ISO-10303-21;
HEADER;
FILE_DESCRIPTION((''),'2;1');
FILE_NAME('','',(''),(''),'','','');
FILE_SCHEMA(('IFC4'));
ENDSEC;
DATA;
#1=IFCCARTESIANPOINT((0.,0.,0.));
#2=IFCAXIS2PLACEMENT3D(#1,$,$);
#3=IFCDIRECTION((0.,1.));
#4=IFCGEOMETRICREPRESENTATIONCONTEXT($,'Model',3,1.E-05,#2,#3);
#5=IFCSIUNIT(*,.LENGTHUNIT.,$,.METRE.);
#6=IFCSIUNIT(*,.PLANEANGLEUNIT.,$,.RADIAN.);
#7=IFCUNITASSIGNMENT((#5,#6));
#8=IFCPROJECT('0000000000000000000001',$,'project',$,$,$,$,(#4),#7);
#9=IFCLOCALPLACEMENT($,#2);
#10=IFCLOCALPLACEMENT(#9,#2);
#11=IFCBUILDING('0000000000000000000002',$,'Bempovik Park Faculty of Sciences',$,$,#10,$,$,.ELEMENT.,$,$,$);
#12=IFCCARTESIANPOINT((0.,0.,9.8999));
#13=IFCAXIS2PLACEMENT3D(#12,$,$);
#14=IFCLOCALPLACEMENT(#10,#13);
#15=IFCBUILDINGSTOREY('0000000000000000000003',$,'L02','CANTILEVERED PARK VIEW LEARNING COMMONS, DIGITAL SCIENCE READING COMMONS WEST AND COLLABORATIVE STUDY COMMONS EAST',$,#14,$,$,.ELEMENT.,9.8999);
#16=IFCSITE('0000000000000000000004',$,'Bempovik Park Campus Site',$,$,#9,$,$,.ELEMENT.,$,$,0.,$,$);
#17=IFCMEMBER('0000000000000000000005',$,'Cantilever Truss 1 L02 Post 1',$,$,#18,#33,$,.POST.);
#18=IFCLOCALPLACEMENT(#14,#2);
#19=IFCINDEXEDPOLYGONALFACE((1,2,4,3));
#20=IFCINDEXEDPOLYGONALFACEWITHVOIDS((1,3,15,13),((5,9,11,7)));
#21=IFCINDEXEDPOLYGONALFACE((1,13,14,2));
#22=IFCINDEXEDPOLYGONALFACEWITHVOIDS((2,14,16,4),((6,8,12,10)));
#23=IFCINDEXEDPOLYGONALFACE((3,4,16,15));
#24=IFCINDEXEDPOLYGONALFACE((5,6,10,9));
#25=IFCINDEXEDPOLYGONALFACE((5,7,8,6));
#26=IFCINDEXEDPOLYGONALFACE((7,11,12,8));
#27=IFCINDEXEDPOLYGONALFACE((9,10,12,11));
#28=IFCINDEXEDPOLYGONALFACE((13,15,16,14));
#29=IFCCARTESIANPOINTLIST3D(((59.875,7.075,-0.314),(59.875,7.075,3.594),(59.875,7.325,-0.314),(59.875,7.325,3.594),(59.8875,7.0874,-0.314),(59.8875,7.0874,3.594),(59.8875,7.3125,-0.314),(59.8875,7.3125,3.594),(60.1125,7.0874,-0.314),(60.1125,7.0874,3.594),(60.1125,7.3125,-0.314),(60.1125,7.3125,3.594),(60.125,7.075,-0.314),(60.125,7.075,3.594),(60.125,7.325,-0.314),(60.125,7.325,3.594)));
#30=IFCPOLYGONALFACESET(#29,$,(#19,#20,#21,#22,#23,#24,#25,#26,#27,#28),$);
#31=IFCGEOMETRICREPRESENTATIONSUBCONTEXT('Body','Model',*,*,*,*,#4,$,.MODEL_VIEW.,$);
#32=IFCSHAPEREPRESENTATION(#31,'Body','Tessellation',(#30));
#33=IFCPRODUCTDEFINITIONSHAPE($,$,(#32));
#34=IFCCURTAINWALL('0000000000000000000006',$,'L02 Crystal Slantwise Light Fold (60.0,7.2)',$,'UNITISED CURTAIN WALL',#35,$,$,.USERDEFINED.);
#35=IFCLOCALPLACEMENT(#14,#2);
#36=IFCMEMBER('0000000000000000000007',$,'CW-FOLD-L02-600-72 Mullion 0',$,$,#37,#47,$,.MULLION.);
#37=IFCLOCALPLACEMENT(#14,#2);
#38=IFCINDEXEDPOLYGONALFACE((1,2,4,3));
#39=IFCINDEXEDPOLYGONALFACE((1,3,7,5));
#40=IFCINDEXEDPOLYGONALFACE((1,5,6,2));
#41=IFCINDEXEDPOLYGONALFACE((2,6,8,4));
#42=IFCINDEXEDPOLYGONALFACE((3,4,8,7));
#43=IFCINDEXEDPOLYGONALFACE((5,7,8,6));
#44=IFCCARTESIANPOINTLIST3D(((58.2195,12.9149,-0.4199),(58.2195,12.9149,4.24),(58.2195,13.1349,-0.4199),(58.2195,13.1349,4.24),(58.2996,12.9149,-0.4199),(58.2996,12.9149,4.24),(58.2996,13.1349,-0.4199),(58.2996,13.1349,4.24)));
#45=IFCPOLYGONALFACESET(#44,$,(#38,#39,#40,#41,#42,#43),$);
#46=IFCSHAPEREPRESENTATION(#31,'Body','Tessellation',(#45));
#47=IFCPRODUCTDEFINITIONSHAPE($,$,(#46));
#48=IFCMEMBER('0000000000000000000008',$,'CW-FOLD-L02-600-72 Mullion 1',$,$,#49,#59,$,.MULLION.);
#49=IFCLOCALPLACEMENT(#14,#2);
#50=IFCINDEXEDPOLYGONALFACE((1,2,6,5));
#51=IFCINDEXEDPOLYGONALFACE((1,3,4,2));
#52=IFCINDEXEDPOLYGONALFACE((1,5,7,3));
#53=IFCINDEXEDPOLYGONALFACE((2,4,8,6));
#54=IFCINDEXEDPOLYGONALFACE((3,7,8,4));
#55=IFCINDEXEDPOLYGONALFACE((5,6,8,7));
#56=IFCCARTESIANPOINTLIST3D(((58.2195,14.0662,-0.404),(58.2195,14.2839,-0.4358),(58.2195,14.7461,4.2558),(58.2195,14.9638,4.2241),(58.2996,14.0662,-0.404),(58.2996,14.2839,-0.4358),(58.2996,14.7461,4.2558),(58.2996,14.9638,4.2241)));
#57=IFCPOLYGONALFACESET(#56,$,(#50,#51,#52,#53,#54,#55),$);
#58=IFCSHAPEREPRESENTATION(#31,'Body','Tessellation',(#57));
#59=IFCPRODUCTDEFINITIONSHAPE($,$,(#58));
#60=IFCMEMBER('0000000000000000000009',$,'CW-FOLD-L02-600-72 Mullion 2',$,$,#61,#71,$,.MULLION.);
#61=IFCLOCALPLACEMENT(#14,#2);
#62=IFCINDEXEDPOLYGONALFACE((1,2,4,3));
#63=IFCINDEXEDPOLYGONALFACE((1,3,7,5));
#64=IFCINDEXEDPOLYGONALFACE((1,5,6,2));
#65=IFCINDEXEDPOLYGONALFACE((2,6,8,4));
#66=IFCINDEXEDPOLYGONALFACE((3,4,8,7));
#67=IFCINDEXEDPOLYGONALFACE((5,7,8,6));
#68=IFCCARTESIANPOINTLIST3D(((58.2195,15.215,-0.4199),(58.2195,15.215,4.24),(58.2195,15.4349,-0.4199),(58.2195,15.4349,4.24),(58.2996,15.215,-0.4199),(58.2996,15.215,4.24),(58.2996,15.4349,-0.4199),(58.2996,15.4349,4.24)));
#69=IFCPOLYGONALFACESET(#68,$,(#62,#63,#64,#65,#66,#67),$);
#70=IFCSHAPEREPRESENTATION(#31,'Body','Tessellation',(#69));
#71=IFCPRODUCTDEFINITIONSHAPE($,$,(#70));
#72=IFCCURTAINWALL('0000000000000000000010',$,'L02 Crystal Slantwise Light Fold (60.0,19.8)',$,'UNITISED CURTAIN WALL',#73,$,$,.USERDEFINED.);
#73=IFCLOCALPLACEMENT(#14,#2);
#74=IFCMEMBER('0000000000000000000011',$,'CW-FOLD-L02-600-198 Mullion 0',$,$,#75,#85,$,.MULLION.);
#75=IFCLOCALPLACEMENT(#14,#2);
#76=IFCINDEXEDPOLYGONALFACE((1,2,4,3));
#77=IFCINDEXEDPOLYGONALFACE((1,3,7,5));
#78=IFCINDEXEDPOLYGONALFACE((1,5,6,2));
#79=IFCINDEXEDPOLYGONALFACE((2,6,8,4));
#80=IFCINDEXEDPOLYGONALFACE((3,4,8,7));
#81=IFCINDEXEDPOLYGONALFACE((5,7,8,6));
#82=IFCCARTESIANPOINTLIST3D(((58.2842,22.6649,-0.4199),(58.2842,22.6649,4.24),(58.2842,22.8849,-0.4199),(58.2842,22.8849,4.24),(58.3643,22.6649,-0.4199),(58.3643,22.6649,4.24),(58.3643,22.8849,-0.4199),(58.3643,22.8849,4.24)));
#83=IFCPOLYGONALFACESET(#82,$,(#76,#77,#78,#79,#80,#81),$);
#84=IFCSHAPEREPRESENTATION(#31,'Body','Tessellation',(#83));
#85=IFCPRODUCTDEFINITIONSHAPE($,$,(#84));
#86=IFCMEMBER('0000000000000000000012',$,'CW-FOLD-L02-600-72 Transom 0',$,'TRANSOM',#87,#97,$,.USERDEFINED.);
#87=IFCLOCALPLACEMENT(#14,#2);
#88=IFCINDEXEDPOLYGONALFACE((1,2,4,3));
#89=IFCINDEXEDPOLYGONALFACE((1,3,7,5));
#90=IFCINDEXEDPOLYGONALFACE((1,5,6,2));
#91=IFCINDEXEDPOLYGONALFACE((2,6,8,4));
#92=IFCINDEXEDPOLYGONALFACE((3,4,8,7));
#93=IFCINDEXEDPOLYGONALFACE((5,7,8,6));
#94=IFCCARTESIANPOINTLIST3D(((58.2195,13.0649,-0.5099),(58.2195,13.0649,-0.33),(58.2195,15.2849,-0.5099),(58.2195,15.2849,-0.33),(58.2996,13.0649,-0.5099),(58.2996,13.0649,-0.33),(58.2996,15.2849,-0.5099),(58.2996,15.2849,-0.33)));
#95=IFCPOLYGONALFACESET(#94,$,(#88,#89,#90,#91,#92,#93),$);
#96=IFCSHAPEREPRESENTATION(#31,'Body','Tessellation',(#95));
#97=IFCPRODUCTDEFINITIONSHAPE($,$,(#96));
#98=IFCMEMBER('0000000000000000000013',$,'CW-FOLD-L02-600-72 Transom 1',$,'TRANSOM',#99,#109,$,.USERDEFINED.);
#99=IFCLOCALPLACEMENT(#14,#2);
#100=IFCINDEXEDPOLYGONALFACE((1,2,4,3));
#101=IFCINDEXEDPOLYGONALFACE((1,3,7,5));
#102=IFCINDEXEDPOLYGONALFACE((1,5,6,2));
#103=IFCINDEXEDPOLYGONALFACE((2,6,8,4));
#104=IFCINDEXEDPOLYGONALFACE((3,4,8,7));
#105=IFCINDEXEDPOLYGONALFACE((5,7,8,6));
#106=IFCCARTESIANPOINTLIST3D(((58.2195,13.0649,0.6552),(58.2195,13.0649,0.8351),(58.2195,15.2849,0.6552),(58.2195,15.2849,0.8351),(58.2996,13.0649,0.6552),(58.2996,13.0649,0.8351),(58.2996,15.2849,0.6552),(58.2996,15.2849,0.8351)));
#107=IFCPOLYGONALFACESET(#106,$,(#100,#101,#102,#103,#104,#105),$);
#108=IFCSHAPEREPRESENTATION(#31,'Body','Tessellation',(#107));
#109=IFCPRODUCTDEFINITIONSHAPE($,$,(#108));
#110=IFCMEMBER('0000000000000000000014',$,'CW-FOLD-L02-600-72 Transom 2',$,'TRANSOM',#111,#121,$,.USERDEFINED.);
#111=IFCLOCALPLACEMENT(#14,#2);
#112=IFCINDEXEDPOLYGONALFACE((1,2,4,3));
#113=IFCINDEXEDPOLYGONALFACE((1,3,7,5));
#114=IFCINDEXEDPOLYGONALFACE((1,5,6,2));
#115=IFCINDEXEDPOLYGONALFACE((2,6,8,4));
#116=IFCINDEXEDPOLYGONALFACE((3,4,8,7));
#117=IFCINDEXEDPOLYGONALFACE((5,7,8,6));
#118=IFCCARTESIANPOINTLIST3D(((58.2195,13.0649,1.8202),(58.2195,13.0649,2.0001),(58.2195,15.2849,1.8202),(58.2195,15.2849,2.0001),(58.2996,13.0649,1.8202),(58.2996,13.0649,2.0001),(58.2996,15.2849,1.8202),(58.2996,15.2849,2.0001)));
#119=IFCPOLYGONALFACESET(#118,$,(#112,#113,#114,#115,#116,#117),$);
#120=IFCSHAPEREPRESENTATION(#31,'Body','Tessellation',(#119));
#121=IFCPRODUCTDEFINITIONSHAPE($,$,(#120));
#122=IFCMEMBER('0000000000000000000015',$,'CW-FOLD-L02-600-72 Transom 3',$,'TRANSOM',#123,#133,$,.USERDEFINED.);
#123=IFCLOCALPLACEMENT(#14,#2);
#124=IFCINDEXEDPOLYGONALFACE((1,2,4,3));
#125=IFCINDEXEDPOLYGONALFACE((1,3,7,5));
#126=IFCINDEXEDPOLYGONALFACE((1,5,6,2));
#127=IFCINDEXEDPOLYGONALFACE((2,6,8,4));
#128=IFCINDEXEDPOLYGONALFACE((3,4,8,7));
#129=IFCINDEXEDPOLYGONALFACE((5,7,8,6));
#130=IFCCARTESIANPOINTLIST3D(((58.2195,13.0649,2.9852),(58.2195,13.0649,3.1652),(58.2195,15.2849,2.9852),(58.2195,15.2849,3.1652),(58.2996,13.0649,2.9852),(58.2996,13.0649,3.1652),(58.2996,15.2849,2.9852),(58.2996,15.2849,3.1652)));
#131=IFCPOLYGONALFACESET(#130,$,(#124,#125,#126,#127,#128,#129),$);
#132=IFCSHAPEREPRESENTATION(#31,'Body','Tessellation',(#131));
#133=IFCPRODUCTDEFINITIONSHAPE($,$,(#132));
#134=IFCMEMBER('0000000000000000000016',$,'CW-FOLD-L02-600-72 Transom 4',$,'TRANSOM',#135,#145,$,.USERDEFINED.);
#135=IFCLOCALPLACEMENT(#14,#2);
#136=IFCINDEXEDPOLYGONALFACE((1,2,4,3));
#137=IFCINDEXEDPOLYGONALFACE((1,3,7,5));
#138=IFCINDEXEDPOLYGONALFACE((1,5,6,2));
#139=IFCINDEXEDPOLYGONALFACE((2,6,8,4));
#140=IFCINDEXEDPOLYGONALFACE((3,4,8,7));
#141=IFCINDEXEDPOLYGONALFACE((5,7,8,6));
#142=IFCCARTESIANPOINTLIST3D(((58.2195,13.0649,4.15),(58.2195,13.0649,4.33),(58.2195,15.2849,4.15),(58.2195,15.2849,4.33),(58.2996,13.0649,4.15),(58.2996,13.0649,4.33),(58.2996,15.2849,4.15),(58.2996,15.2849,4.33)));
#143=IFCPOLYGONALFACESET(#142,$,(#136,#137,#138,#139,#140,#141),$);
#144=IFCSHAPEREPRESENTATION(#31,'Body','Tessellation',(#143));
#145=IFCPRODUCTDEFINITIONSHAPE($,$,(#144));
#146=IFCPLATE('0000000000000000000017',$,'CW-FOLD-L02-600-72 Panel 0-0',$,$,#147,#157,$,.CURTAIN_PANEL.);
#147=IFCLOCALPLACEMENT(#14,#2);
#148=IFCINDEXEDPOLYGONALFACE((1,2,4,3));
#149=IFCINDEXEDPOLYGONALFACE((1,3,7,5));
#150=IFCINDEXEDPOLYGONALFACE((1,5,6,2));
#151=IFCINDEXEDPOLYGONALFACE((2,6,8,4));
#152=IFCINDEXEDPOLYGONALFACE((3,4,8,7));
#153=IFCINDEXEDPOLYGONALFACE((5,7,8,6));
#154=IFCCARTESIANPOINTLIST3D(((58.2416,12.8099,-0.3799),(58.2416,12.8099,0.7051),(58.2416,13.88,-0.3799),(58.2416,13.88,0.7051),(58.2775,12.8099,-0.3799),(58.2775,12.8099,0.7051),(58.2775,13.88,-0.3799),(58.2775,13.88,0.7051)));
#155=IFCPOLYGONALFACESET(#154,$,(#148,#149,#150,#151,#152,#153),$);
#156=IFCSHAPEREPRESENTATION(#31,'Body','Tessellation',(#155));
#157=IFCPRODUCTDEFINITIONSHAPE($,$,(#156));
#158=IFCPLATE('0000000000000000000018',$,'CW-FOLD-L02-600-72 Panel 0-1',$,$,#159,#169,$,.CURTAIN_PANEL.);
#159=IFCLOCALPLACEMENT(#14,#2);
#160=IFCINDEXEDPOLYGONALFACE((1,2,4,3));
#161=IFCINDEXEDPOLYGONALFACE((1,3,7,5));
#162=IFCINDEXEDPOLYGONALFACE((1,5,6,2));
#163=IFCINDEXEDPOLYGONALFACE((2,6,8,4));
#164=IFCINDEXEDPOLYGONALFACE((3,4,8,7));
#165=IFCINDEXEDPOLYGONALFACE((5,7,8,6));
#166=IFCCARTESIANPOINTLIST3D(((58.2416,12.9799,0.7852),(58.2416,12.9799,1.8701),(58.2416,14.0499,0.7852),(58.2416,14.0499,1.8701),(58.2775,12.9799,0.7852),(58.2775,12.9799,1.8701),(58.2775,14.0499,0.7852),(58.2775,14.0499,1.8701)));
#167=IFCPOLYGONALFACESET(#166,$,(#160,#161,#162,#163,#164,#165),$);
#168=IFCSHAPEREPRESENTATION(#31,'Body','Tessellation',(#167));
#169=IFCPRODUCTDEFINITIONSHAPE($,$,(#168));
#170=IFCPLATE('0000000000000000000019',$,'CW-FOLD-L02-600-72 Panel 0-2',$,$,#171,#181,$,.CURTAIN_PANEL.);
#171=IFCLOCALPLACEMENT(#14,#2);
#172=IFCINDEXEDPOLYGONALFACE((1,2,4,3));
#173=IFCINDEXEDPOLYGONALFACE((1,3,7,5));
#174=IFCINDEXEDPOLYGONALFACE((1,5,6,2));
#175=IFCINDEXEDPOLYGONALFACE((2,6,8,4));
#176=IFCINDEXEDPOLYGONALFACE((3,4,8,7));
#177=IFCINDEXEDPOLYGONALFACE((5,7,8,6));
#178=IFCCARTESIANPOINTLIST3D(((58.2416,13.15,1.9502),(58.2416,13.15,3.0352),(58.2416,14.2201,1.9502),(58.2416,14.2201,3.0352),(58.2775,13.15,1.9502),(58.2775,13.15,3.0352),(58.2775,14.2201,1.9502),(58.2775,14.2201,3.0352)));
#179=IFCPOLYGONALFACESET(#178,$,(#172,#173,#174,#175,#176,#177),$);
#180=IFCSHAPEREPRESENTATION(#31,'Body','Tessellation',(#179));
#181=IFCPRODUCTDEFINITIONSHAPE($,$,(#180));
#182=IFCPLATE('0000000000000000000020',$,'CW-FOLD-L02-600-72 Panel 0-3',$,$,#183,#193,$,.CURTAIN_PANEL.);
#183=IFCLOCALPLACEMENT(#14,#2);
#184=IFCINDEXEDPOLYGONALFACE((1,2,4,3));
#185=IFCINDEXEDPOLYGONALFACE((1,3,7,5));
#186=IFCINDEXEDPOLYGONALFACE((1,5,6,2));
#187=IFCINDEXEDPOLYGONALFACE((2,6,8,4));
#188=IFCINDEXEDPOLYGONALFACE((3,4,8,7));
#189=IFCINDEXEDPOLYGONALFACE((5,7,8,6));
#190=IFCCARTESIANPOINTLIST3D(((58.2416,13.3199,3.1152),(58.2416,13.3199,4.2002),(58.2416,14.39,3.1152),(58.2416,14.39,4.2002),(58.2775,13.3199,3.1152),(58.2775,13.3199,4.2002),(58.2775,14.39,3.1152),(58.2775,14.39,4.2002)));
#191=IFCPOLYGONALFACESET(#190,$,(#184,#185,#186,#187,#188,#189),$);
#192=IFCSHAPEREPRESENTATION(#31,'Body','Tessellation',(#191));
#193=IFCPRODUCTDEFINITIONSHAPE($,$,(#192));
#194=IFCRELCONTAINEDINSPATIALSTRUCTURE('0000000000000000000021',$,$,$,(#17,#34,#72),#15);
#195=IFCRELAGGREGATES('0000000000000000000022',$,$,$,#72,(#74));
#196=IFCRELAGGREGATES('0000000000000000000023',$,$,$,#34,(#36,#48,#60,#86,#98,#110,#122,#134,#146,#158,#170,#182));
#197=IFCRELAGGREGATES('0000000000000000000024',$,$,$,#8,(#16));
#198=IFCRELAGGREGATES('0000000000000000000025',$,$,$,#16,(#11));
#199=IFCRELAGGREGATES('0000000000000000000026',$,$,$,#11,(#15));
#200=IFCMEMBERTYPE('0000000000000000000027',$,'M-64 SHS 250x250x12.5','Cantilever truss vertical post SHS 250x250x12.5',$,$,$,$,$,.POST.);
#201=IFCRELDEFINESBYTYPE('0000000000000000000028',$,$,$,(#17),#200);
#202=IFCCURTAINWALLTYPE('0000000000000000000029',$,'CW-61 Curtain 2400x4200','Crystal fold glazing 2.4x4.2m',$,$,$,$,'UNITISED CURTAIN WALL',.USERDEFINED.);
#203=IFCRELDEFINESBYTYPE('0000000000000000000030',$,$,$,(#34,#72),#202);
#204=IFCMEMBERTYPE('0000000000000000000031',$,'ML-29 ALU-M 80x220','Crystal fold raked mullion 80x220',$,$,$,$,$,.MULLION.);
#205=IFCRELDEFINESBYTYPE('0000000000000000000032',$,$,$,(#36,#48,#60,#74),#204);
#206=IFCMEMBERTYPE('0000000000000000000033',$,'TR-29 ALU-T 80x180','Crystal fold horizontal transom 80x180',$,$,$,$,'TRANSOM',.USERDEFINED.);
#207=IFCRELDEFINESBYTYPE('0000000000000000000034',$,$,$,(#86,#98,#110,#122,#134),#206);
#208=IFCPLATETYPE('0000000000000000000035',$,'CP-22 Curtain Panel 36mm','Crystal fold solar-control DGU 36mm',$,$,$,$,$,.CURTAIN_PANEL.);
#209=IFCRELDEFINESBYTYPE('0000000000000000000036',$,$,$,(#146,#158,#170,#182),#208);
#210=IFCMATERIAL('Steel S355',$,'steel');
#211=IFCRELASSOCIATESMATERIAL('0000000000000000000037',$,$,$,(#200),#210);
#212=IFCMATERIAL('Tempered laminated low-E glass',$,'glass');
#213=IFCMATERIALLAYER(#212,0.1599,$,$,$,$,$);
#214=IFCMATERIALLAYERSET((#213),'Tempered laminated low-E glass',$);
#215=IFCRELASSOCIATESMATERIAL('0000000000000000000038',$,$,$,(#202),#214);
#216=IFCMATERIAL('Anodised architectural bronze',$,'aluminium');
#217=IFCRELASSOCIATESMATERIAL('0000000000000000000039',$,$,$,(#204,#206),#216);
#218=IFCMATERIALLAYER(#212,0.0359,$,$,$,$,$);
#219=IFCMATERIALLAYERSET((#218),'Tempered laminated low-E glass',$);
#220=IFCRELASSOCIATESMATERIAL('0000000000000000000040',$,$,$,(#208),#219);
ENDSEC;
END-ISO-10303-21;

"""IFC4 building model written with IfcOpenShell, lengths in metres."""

from ifc_helpers import new_model, si_unit, direction, frame, origin, origin_2d, place, context, subcontext, project, spatial, rectangle, hollow_rectangle, extrude, material, layer, layer_set, material_profile, profile_set, type_object, element, aggregate, save


model = new_model("IFC4")

# Units and contexts
model_context = context("Model", 3, precision=1e-05, world=origin(), true_north=direction((0.0, 1.0)))
body_context = subcontext(model_context, "Body", "Model", "MODEL_VIEW")
ifc_project = project(units=[si_unit("LENGTHUNIT", "METRE"), si_unit("PLANEANGLEUNIT", "RADIAN")], contexts=[model_context])

# Site, building, storey
site_placement = place(None, origin())
site = spatial("IfcSite", under=ifc_project, at=site_placement, Name="Bempovik Park Campus Site", CompositionType="ELEMENT", RefElevation=0.0)
building_placement = place(site_placement, origin())
building = spatial("IfcBuilding", under=site, at=building_placement, Name="Bempovik Park Faculty of Sciences", CompositionType="ELEMENT")
storey_placement = place(building_placement, frame((0.0, 0.0, 9.8999)))
storey = spatial("IfcBuildingStorey", under=building, at=storey_placement, Name="L02", Description="CANTILEVERED PARK VIEW LEARNING COMMONS, DIGITAL SCIENCE READING COMMONS WEST AND COLLABORATIVE STUDY COMMONS EAST", CompositionType="ELEMENT", Elevation=9.8999)

# Member
ifc_material_1 = material(Name="Steel S355", Category="steel")
ifc_material_profile_1 = material_profile(ifc_material_1, hollow_rectangle(XDim=0.25, YDim=0.25, WallThickness=0.0125, at=origin_2d()), Name="SHS 250x250x12.5")
ifc_profile_set_1 = profile_set([ifc_material_profile_1], Name="Steel S355")
member_type_1 = type_object("IfcMemberType", Name="M-64 SHS 250x250x12.5", Description="Cantilever truss vertical post SHS 250x250x12.5", PredefinedType="POST", material=ifc_profile_set_1)
member_1_placement = place(storey_placement, frame((60.0, 7.2, -0.314), z_axis=(0.0, 0.0, 1.0), x_axis=(1.0, 0.0, 0.0)))
element("IfcMember", 1, at=member_1_placement, inside=storey, type_object=member_type_1, Name="Cantilever Truss 1 L02 Post 1", PredefinedType="POST", context=body_context, shape_type="SweptSolid", body=[
    extrude(hollow_rectangle(XDim=0.25, YDim=0.25, WallThickness=0.0125, at=origin_2d()), origin(), (0.0, 0.0, 1.0), 3.908),
])

# Curtain wall, members
ifc_material_2 = material(Name="Tempered laminated low-E glass", Category="glass")
ifc_layer_1 = layer(ifc_material_2, 0.1599)
ifc_layer_set_1 = layer_set([ifc_layer_1], Name="Tempered laminated low-E glass")
curtain_wall_type = type_object("IfcCurtainWallType", Name="CW-61 Curtain 2400x4200", Description="Crystal fold glazing 2.4x4.2m", ElementType="UNITISED CURTAIN WALL", PredefinedType="USERDEFINED", material=ifc_layer_set_1)
curtain_wall_1_placement = place(storey_placement, origin())
curtain_wall_1 = element("IfcCurtainWall", 2, at=curtain_wall_1_placement, inside=storey, type_object=curtain_wall_type, Name="L02 Crystal Slantwise Light Fold (60.0,7.2)", ObjectType="UNITISED CURTAIN WALL", PredefinedType="USERDEFINED")
ifc_material_3 = material(Name="Anodised architectural bronze", Category="aluminium")
ifc_material_profile_2 = material_profile(ifc_material_3, rectangle(XDim=0.0801, YDim=0.22, at=origin_2d()), Name="ALU-M 80x220")
ifc_profile_set_2 = profile_set([ifc_material_profile_2], Name="Anodised architectural bronze")
member_type_2 = type_object("IfcMemberType", Name="ML-29 ALU-M 80x220", Description="Crystal fold raked mullion 80x220", PredefinedType="MULLION", material=ifc_profile_set_2)
member_2_placement = place(storey_placement, frame((58.2595, 13.0249, -0.4199), z_axis=(0.0, 0.0, 1.0), x_axis=(1.0, 0.0, 0.0)))
member_2 = element("IfcMember", 3, at=member_2_placement, type_object=member_type_2, Name="CW-FOLD-L02-600-72 Mullion 0", PredefinedType="MULLION", context=body_context, shape_type="SweptSolid", body=[
    extrude(rectangle(XDim=0.0801, YDim=0.22, at=origin_2d()), origin(), (0.0, 0.0, 1.0), 4.6599),
])
member_3_placement = place(storey_placement, frame((58.2595, 14.175, -0.4199), z_axis=(0.0, 0.144382, 0.989522), x_axis=(-1.0, 0.0, 0.0)))
member_3 = element("IfcMember", 4, at=member_3_placement, type_object=member_type_2, Name="CW-FOLD-L02-600-72 Mullion 1", PredefinedType="MULLION", context=body_context, shape_type="SweptSolid", body=[
    extrude(rectangle(XDim=0.0801, YDim=0.22, at=origin_2d()), origin(), (0.0, 0.0, 1.0), 4.7092),
])
member_4_placement = place(storey_placement, frame((58.2595, 15.325, -0.4199), z_axis=(0.0, 0.0, 1.0), x_axis=(1.0, 0.0, 0.0)))
member_4 = element("IfcMember", 5, at=member_4_placement, type_object=member_type_2, Name="CW-FOLD-L02-600-72 Mullion 2", PredefinedType="MULLION", context=body_context, shape_type="SweptSolid", body=[
    extrude(rectangle(XDim=0.0801, YDim=0.22, at=origin_2d()), origin(), (0.0, 0.0, 1.0), 4.6599),
])

# Curtain wall, member
curtain_wall_2_placement = place(storey_placement, origin())
curtain_wall_2 = element("IfcCurtainWall", 6, at=curtain_wall_2_placement, inside=storey, type_object=curtain_wall_type, Name="L02 Crystal Slantwise Light Fold (60.0,19.8)", ObjectType="UNITISED CURTAIN WALL", PredefinedType="USERDEFINED")
member_5_placement = place(storey_placement, frame((58.3242, 22.7749, -0.4199), z_axis=(0.0, 0.0, 1.0), x_axis=(1.0, 0.0, 0.0)))
member_5 = element("IfcMember", 7, at=member_5_placement, type_object=member_type_2, Name="CW-FOLD-L02-600-198 Mullion 0", PredefinedType="MULLION", context=body_context, shape_type="SweptSolid", body=[
    extrude(rectangle(XDim=0.0801, YDim=0.22, at=origin_2d()), origin(), (0.0, 0.0, 1.0), 4.6599),
])
aggregate(curtain_wall_2, [member_5])

# Members
ifc_material_profile_3 = material_profile(ifc_material_3, rectangle(XDim=0.0801, YDim=0.1799, at=origin_2d()), Name="ALU-T 80x180")
ifc_profile_set_3 = profile_set([ifc_material_profile_3], Name="Anodised architectural bronze")
member_type_3 = type_object("IfcMemberType", Name="TR-29 ALU-T 80x180", Description="Crystal fold horizontal transom 80x180", ElementType="TRANSOM", PredefinedType="USERDEFINED", material=ifc_profile_set_3)
member_6_placement = place(storey_placement, frame((58.2595, 13.0649, -0.4199), z_axis=(0.0, 1.0, 0.0), x_axis=(-1.0, 0.0, 0.0)))
member_6 = element("IfcMember", 8, at=member_6_placement, type_object=member_type_3, Name="CW-FOLD-L02-600-72 Transom 0", ObjectType="TRANSOM", PredefinedType="USERDEFINED", context=body_context, shape_type="SweptSolid", body=[
    extrude(rectangle(XDim=0.0801, YDim=0.1799, at=origin_2d()), origin(), (0.0, 0.0, 1.0), 2.22),
])
member_7_placement = place(storey_placement, frame((58.2595, 13.0649, 0.7451), z_axis=(0.0, 1.0, 0.0), x_axis=(-1.0, 0.0, 0.0)))
member_7 = element("IfcMember", 9, at=member_7_placement, type_object=member_type_3, Name="CW-FOLD-L02-600-72 Transom 1", ObjectType="TRANSOM", PredefinedType="USERDEFINED", context=body_context, shape_type="SweptSolid", body=[
    extrude(rectangle(XDim=0.0801, YDim=0.1799, at=origin_2d()), origin(), (0.0, 0.0, 1.0), 2.22),
])
member_8_placement = place(storey_placement, frame((58.2595, 13.0649, 1.9102), z_axis=(0.0, 1.0, 0.0), x_axis=(-1.0, 0.0, 0.0)))
member_8 = element("IfcMember", 10, at=member_8_placement, type_object=member_type_3, Name="CW-FOLD-L02-600-72 Transom 2", ObjectType="TRANSOM", PredefinedType="USERDEFINED", context=body_context, shape_type="SweptSolid", body=[
    extrude(rectangle(XDim=0.0801, YDim=0.1799, at=origin_2d()), origin(), (0.0, 0.0, 1.0), 2.22),
])
member_9_placement = place(storey_placement, frame((58.2595, 13.0649, 3.0752), z_axis=(0.0, 1.0, 0.0), x_axis=(-1.0, 0.0, 0.0)))
member_9 = element("IfcMember", 11, at=member_9_placement, type_object=member_type_3, Name="CW-FOLD-L02-600-72 Transom 3", ObjectType="TRANSOM", PredefinedType="USERDEFINED", context=body_context, shape_type="SweptSolid", body=[
    extrude(rectangle(XDim=0.0801, YDim=0.1799, at=origin_2d()), origin(), (0.0, 0.0, 1.0), 2.22),
])
member_10_placement = place(storey_placement, frame((58.2595, 13.0649, 4.24), z_axis=(0.0, 1.0, 0.0), x_axis=(-1.0, 0.0, 0.0)))
member_10 = element("IfcMember", 12, at=member_10_placement, type_object=member_type_3, Name="CW-FOLD-L02-600-72 Transom 4", ObjectType="TRANSOM", PredefinedType="USERDEFINED", context=body_context, shape_type="SweptSolid", body=[
    extrude(rectangle(XDim=0.0801, YDim=0.1799, at=origin_2d()), origin(), (0.0, 0.0, 1.0), 2.22),
])

# Plates
ifc_layer_2 = layer(ifc_material_2, 0.0359)
ifc_layer_set_2 = layer_set([ifc_layer_2], Name="Tempered laminated low-E glass")
plate_type_1 = type_object("IfcPlateType", Name="CP-22 Curtain Panel 36mm", Description="Crystal fold solar-control DGU 36mm", PredefinedType="CURTAIN_PANEL", material=ifc_layer_set_2)
plate_1_placement = place(storey_placement, frame((58.2595, 13.345, -0.3799), z_axis=(0.0, 0.0, 1.0), x_axis=(0.0, 1.0, 0.0)))
plate_1 = element("IfcPlate", 13, at=plate_1_placement, type_object=plate_type_1, Name="CW-FOLD-L02-600-72 Panel 0-0", PredefinedType="CURTAIN_PANEL", context=body_context, shape_type="SweptSolid", body=[
    extrude(rectangle(XDim=1.0701, YDim=0.0359, at=origin_2d()), origin(), (0.0, 0.0, 1.0), 1.085),
])
plate_2_placement = place(storey_placement, frame((58.2595, 13.5149, 0.7852), z_axis=(0.0, 0.0, 1.0), x_axis=(0.0, 1.0, 0.0)))
plate_2 = element("IfcPlate", 14, at=plate_2_placement, type_object=plate_type_1, Name="CW-FOLD-L02-600-72 Panel 0-1", PredefinedType="CURTAIN_PANEL", context=body_context, shape_type="SweptSolid", body=[
    extrude(rectangle(XDim=1.0701, YDim=0.0359, at=origin_2d()), origin(), (0.0, 0.0, 1.0), 1.085),
])
plate_3_placement = place(storey_placement, frame((58.2595, 13.6851, 1.9502), z_axis=(0.0, 0.0, 1.0), x_axis=(0.0, 1.0, 0.0)))
plate_3 = element("IfcPlate", 15, at=plate_3_placement, type_object=plate_type_1, Name="CW-FOLD-L02-600-72 Panel 0-2", PredefinedType="CURTAIN_PANEL", context=body_context, shape_type="SweptSolid", body=[
    extrude(rectangle(XDim=1.0701, YDim=0.0359, at=origin_2d()), origin(), (0.0, 0.0, 1.0), 1.085),
])
plate_4_placement = place(storey_placement, frame((58.2595, 13.855, 3.1152), z_axis=(0.0, 0.0, 1.0), x_axis=(0.0, 1.0, 0.0)))
plate_4 = element("IfcPlate", 16, at=plate_4_placement, type_object=plate_type_1, Name="CW-FOLD-L02-600-72 Panel 0-3", PredefinedType="CURTAIN_PANEL", context=body_context, shape_type="SweptSolid", body=[
    extrude(rectangle(XDim=1.0701, YDim=0.0359, at=origin_2d()), origin(), (0.0, 0.0, 1.0), 1.085),
])
aggregate(curtain_wall_1, [member_2, member_3, member_4, member_6, member_7, member_8, member_9, member_10, plate_1, plate_2, plate_3, plate_4])

save(model, "model.ifc")
